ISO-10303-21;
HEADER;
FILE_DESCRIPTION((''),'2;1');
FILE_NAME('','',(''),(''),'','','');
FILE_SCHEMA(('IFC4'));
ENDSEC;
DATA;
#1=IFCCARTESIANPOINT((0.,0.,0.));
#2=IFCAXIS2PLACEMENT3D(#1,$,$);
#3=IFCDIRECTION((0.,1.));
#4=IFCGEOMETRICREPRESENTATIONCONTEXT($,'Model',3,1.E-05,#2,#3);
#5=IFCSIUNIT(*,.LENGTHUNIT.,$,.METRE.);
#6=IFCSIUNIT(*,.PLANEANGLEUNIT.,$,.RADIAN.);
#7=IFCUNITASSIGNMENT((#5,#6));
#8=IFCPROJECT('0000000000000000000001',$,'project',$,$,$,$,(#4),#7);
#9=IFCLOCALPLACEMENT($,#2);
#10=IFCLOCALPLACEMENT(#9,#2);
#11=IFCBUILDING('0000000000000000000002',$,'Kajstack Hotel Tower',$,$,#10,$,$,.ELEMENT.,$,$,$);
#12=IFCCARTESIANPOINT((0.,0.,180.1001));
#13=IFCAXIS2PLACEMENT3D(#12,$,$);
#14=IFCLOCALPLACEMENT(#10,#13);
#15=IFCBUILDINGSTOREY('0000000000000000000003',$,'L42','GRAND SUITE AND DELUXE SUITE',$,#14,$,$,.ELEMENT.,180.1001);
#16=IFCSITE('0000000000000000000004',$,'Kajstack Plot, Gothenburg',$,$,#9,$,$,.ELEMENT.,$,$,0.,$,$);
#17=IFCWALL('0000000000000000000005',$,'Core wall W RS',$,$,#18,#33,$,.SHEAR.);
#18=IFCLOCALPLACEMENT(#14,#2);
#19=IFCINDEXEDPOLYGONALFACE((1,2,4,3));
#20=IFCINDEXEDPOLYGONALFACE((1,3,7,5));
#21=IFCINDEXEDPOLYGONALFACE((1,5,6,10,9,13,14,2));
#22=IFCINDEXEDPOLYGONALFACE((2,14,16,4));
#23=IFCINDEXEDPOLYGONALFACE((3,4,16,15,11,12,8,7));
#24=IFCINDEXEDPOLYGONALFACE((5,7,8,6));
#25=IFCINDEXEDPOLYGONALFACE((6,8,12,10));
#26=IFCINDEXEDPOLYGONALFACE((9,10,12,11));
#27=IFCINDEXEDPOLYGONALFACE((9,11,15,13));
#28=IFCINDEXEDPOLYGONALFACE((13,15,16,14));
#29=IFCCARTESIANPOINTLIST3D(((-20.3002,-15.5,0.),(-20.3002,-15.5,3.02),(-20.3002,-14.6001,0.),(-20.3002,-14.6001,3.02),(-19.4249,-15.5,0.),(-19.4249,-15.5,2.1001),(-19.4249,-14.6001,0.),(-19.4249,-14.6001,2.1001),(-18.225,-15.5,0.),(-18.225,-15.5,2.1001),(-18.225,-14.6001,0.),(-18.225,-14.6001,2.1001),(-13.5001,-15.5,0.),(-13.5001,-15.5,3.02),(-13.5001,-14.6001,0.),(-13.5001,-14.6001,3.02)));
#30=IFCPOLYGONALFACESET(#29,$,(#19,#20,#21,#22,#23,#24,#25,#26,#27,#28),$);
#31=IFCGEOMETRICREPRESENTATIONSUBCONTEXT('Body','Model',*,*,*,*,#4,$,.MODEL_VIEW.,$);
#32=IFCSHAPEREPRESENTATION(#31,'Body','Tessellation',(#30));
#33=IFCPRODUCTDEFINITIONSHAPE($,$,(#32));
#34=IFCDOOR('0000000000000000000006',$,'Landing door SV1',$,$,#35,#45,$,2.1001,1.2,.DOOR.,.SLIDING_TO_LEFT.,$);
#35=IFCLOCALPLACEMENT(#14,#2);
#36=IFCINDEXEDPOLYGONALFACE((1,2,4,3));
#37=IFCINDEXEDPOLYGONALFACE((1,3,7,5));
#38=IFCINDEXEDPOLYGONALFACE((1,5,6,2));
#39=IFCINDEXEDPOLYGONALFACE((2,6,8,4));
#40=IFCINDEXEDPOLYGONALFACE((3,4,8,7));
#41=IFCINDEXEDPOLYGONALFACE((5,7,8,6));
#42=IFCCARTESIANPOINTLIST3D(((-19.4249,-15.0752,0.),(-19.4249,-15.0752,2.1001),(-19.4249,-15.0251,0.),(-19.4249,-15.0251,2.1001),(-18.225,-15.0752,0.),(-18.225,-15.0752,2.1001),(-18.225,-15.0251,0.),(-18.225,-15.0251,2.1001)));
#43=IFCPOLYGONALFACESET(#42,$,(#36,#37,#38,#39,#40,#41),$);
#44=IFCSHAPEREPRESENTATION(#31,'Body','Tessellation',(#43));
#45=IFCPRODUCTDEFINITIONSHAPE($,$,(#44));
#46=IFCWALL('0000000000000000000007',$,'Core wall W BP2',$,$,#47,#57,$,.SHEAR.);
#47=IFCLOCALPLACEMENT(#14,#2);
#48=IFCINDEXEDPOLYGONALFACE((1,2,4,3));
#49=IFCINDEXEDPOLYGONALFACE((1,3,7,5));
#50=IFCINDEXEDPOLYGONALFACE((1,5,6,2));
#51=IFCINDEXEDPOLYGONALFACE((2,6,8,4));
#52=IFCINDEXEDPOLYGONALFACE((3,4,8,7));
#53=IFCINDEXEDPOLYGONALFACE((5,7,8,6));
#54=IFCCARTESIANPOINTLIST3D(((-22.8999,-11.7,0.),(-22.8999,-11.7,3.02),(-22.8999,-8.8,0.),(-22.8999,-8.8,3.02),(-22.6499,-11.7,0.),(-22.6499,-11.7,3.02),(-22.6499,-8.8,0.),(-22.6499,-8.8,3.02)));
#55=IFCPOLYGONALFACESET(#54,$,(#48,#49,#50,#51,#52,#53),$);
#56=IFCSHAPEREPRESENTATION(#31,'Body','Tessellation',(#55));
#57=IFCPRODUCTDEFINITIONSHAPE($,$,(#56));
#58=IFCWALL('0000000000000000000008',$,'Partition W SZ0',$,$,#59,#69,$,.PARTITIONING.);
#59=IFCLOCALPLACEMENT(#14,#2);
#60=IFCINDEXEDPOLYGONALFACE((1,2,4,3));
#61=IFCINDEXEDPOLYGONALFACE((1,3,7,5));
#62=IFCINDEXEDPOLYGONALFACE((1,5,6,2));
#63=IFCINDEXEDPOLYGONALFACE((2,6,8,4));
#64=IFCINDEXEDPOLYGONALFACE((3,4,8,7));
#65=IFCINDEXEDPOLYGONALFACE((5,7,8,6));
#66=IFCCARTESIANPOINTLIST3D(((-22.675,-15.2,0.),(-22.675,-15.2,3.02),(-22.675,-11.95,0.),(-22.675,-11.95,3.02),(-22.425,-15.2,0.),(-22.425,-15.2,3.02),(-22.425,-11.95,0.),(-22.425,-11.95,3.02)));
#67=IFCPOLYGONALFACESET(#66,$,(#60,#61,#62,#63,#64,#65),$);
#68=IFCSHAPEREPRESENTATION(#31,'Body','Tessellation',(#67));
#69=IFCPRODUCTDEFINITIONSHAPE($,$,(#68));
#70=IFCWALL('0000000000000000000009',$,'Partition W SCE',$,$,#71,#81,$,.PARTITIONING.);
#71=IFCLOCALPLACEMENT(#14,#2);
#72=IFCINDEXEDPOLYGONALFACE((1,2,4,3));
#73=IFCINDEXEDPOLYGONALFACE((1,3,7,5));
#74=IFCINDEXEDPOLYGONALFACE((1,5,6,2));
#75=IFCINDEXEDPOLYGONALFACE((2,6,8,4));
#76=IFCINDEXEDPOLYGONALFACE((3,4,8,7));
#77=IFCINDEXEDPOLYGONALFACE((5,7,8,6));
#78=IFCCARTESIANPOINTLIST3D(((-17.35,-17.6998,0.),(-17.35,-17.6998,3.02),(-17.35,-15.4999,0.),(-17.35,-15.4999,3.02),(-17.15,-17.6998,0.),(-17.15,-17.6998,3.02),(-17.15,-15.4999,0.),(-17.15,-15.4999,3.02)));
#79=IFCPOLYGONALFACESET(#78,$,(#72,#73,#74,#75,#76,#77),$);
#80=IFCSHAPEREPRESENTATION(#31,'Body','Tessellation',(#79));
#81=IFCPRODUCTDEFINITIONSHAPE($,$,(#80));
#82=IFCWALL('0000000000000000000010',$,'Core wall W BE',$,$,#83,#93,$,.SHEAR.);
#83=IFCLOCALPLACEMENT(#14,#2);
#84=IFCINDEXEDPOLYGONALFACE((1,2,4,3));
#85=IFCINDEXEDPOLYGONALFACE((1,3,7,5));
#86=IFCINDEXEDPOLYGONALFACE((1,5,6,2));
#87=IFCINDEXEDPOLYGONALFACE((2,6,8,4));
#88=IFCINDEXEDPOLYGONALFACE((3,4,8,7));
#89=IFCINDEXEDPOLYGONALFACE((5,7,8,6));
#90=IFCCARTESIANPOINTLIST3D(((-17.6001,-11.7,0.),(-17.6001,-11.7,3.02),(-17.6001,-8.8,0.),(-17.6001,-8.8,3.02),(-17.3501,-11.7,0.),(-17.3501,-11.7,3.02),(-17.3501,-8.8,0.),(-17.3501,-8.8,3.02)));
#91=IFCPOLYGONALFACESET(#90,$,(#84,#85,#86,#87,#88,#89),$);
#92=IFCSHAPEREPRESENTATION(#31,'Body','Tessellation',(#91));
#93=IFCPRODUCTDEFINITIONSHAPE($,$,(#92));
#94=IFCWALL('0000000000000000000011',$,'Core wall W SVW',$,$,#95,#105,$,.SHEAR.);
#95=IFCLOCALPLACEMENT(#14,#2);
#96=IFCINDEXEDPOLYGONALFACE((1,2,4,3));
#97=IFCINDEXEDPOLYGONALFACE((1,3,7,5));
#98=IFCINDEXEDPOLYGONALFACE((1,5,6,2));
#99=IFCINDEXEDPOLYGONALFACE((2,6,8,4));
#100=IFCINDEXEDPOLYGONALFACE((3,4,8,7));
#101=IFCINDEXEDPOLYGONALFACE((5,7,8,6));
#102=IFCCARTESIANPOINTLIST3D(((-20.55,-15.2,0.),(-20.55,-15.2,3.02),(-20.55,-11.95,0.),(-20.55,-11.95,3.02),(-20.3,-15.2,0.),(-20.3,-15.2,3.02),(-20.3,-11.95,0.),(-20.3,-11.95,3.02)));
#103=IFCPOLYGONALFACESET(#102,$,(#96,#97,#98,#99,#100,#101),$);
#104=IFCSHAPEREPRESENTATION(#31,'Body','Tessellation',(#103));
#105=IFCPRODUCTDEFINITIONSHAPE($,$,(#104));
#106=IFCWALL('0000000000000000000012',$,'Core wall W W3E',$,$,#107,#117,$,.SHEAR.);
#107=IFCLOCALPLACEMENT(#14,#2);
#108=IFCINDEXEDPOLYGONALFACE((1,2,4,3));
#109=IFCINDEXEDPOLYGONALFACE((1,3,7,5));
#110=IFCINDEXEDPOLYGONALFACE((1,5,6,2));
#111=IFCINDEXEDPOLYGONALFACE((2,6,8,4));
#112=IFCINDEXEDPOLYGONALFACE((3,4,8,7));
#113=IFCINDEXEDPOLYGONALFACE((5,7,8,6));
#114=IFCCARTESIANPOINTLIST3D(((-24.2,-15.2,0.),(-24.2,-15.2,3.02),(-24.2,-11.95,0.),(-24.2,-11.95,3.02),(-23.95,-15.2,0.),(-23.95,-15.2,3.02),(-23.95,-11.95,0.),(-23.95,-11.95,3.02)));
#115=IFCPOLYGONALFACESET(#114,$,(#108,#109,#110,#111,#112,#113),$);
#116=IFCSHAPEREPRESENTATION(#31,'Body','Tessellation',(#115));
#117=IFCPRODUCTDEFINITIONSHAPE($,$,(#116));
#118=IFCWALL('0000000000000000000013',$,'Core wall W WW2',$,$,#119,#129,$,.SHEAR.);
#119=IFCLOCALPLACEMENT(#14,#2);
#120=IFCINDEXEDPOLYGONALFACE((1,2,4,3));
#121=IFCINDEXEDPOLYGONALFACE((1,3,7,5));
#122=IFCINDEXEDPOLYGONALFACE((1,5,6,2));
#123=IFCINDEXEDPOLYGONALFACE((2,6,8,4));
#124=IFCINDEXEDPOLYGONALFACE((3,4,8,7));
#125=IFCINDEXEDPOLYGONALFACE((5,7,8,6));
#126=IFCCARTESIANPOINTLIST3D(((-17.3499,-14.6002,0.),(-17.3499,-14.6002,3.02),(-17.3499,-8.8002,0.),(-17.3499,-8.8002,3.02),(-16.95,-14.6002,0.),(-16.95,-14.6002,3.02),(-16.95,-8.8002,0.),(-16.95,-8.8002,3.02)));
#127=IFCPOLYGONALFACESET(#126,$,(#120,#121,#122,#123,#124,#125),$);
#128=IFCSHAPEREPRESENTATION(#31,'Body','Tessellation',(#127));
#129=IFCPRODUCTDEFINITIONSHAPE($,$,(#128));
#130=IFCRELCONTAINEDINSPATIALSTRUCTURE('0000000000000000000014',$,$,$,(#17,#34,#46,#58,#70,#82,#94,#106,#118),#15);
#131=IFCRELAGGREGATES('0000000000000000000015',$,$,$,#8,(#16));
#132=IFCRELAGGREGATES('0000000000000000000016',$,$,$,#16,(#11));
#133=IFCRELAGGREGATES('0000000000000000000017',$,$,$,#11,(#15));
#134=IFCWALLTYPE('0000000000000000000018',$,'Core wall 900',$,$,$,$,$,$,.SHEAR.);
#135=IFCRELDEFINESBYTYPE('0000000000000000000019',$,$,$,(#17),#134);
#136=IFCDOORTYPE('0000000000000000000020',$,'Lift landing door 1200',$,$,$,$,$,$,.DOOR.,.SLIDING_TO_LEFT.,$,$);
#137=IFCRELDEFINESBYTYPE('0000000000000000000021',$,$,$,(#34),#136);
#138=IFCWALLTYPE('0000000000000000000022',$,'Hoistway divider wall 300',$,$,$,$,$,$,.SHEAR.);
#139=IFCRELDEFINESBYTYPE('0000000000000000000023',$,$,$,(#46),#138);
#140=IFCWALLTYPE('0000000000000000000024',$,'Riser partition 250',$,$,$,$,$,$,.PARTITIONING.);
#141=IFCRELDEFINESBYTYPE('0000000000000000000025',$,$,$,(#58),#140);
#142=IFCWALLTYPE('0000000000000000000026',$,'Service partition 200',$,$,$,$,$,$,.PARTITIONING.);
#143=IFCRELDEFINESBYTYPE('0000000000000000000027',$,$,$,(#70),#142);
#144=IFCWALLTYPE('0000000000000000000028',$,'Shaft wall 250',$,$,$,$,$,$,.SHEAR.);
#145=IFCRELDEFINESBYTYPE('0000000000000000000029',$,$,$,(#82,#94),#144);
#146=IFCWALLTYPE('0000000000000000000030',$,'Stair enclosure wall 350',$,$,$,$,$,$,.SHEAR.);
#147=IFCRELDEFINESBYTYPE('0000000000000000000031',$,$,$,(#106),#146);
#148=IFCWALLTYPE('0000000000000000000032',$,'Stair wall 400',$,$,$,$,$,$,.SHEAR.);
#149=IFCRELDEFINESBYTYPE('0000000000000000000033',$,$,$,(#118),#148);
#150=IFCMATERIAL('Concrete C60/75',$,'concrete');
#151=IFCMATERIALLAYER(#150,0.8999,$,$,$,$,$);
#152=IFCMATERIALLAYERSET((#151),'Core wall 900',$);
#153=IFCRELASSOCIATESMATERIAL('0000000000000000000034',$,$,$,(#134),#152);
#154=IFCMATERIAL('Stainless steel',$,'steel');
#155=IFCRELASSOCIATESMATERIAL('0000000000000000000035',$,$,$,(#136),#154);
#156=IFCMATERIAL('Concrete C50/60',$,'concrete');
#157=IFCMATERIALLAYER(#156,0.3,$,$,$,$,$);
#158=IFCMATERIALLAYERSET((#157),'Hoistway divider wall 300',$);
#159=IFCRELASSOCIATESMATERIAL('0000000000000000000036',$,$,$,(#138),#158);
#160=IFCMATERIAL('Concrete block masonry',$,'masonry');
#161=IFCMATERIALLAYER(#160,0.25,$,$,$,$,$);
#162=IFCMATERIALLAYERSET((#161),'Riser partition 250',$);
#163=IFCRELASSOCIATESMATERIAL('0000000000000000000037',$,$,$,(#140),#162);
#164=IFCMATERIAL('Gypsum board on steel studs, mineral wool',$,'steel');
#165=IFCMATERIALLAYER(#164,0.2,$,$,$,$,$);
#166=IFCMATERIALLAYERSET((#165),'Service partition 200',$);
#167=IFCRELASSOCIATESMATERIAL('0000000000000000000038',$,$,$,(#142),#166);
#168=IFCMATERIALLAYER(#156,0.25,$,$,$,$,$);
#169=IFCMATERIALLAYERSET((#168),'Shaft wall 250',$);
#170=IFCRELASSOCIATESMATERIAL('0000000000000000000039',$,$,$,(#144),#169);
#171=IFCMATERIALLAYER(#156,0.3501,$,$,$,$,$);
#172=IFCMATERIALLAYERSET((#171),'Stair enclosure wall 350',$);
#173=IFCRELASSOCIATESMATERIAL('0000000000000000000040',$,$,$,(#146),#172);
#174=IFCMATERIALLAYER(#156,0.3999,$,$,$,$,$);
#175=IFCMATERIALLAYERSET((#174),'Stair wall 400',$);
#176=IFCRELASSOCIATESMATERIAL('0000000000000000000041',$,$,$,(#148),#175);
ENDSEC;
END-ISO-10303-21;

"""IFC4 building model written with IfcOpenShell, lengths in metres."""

from ifc_helpers import new_model, si_unit, direction, frame, frame_2d, origin, place, context, subcontext, project, spatial, rectangle, extrude, material, layer, layer_set, type_object, element, fill, save


model = new_model("IFC4")

# Units and contexts
model_context = context("Model", 3, precision=1e-05, world=origin(), true_north=direction((0.0, 1.0)))
body_context = subcontext(model_context, "Body", "Model", "MODEL_VIEW")
ifc_project = project(units=[si_unit("LENGTHUNIT", "METRE"), si_unit("PLANEANGLEUNIT", "RADIAN")], contexts=[model_context])

# Site, building, storey
site_placement = place(None, origin())
site = spatial("IfcSite", under=ifc_project, at=site_placement, Name="Kajstack Plot, Gothenburg", CompositionType="ELEMENT", RefElevation=0.0)
building_placement = place(site_placement, origin())
building = spatial("IfcBuilding", under=site, at=building_placement, Name="Kajstack Hotel Tower", CompositionType="ELEMENT")
storey_placement = place(building_placement, frame((0.0, 0.0, 180.1001)))
storey = spatial("IfcBuildingStorey", under=building, at=storey_placement, Name="L42", Description="GRAND SUITE AND DELUXE SUITE", CompositionType="ELEMENT", Elevation=180.1001)

# Wall, opening, door
ifc_material_1 = material(Name="Concrete C60/75", Category="concrete")
ifc_layer_1 = layer(ifc_material_1, 0.8999)
ifc_layer_set_1 = layer_set([ifc_layer_1], Name="Core wall 900")
wall_type_1 = type_object("IfcWallType", Name="Core wall 900", PredefinedType="SHEAR", material=ifc_layer_set_1)
wall_1_placement = place(storey_placement, frame((-20.3, -15.05, 0.0), z_axis=(0.0, 0.0, 1.0), x_axis=(1.0, 0.0, 0.0)))
wall_1 = element("IfcWall", 1, at=wall_1_placement, inside=storey, type_object=wall_type_1, Name="Core wall W RS", PredefinedType="SHEAR", context=body_context, shape_type="SweptSolid", body=[
    extrude(rectangle(XDim=6.8, YDim=0.8999, at=frame_2d((3.3999, 0.0))), origin(), (0.0, 0.0, 1.0), 3.02),
])
opening_placement = place(wall_1_placement, frame((0.875, 0.0, 0.0)))
opening = element("IfcOpeningElement", 2, at=opening_placement, cuts=wall_1, PredefinedType="OPENING", context=body_context, shape_type="SweptSolid", body=[
    extrude(rectangle(XDim=1.2, YDim=2.1001, at=frame_2d((0.6001, 1.05))), frame((0.0, 0.46, 0.0), z_axis=(0.0, -1.0, 0.0), x_axis=(1.0, 0.0, 0.0)), (0.0, 0.0, 1.0), 0.9199),
])
ifc_material_2 = material(Name="Stainless steel", Category="steel")
door_type = type_object("IfcDoorType", Name="Lift landing door 1200", OperationType="SLIDING_TO_LEFT", PredefinedType="DOOR", material=ifc_material_2)
door_placement = place(opening_placement, origin())
door = element("IfcDoor", 3, at=door_placement, inside=storey, type_object=door_type, Name="Landing door SV1", OperationType="SLIDING_TO_LEFT", OverallHeight=2.1001, OverallWidth=1.2, PredefinedType="DOOR", context=body_context, shape_type="SweptSolid", body=[
    extrude(rectangle(XDim=1.2, YDim=2.1001, at=frame_2d((0.6001, 1.05))), frame((0.0, 0.0249, 0.0), z_axis=(0.0, -1.0, 0.0), x_axis=(1.0, 0.0, 0.0)), (0.0, 0.0, 1.0), 0.05),
])
fill(opening, door)

# Walls
ifc_material_3 = material(Name="Concrete C50/60", Category="concrete")
ifc_layer_2 = layer(ifc_material_3, 0.3)
ifc_layer_set_2 = layer_set([ifc_layer_2], Name="Hoistway divider wall 300")
wall_type_2 = type_object("IfcWallType", Name="Hoistway divider wall 300", PredefinedType="SHEAR", material=ifc_layer_set_2)
wall_2_placement = place(storey_placement, frame((-22.7749, -11.7, 0.0), z_axis=(0.0, 0.0, 1.0), x_axis=(0.0, 1.0, 0.0)))
element("IfcWall", 4, at=wall_2_placement, inside=storey, type_object=wall_type_2, Name="Core wall W BP2", PredefinedType="SHEAR", context=body_context, shape_type="SweptSolid", body=[
    extrude(rectangle(XDim=2.8999, YDim=0.25, at=frame_2d((1.45, 0.0))), origin(), (0.0, 0.0, 1.0), 3.02),
])
ifc_material_4 = material(Name="Concrete block masonry", Category="masonry")
ifc_layer_3 = layer(ifc_material_4, 0.25)
ifc_layer_set_3 = layer_set([ifc_layer_3], Name="Riser partition 250")
wall_type_3 = type_object("IfcWallType", Name="Riser partition 250", PredefinedType="PARTITIONING", material=ifc_layer_set_3)
wall_3_placement = place(storey_placement, frame((-22.55, -15.2, 0.0), z_axis=(0.0, 0.0, 1.0), x_axis=(0.0, 1.0, 0.0)))
element("IfcWall", 5, at=wall_3_placement, inside=storey, type_object=wall_type_3, Name="Partition W SZ0", PredefinedType="PARTITIONING", context=body_context, shape_type="SweptSolid", body=[
    extrude(rectangle(XDim=3.25, YDim=0.25, at=frame_2d((1.625, 0.0))), origin(), (0.0, 0.0, 1.0), 3.02),
])
ifc_material_5 = material(Name="Gypsum board on steel studs, mineral wool", Category="steel")
ifc_layer_4 = layer(ifc_material_5, 0.2)
ifc_layer_set_4 = layer_set([ifc_layer_4], Name="Service partition 200")
wall_type_4 = type_object("IfcWallType", Name="Service partition 200", PredefinedType="PARTITIONING", material=ifc_layer_set_4)
wall_4_placement = place(storey_placement, frame((-17.25, -17.7, 0.0), z_axis=(0.0, 0.0, 1.0), x_axis=(0.0, 1.0, 0.0)))
element("IfcWall", 6, at=wall_4_placement, inside=storey, type_object=wall_type_4, Name="Partition W SCE", PredefinedType="PARTITIONING", context=body_context, shape_type="SweptSolid", body=[
    extrude(rectangle(XDim=2.2, YDim=0.2, at=frame_2d((1.1001, 0.0))), origin(), (0.0, 0.0, 1.0), 3.02),
])
ifc_layer_5 = layer(ifc_material_3, 0.25)
ifc_layer_set_5 = layer_set([ifc_layer_5], Name="Shaft wall 250")
wall_type_5 = type_object("IfcWallType", Name="Shaft wall 250", PredefinedType="SHEAR", material=ifc_layer_set_5)
wall_5_placement = place(storey_placement, frame((-17.4751, -11.7, 0.0), z_axis=(0.0, 0.0, 1.0), x_axis=(0.0, 1.0, 0.0)))
element("IfcWall", 7, at=wall_5_placement, inside=storey, type_object=wall_type_5, Name="Core wall W BE", PredefinedType="SHEAR", context=body_context, shape_type="SweptSolid", body=[
    extrude(rectangle(XDim=2.8999, YDim=0.25, at=frame_2d((1.45, 0.0))), origin(), (0.0, 0.0, 1.0), 3.02),
])
wall_6_placement = place(storey_placement, frame((-20.425, -15.2, 0.0), z_axis=(0.0, 0.0, 1.0), x_axis=(0.0, 1.0, 0.0)))
element("IfcWall", 8, at=wall_6_placement, inside=storey, type_object=wall_type_5, Name="Core wall W SVW", PredefinedType="SHEAR", context=body_context, shape_type="SweptSolid", body=[
    extrude(rectangle(XDim=3.25, YDim=0.25, at=frame_2d((1.625, 0.0))), origin(), (0.0, 0.0, 1.0), 3.02),
])
ifc_layer_6 = layer(ifc_material_3, 0.3501)
ifc_layer_set_6 = layer_set([ifc_layer_6], Name="Stair enclosure wall 350")
wall_type_6 = type_object("IfcWallType", Name="Stair enclosure wall 350", PredefinedType="SHEAR", material=ifc_layer_set_6)
wall_7_placement = place(storey_placement, frame((-24.075, -15.2, 0.0), z_axis=(0.0, 0.0, 1.0), x_axis=(0.0, 1.0, 0.0)))
element("IfcWall", 9, at=wall_7_placement, inside=storey, type_object=wall_type_6, Name="Core wall W W3E", PredefinedType="SHEAR", context=body_context, shape_type="SweptSolid", body=[
    extrude(rectangle(XDim=3.25, YDim=0.25, at=frame_2d((1.625, 0.0))), origin(), (0.0, 0.0, 1.0), 3.02),
])
ifc_layer_7 = layer(ifc_material_3, 0.3999)
ifc_layer_set_7 = layer_set([ifc_layer_7], Name="Stair wall 400")
wall_type_7 = type_object("IfcWallType", Name="Stair wall 400", PredefinedType="SHEAR", material=ifc_layer_set_7)
wall_8_placement = place(storey_placement, frame((-17.1499, -14.6001, 0.0), z_axis=(0.0, 0.0, 1.0), x_axis=(0.0, 1.0, 0.0)))
element("IfcWall", 10, at=wall_8_placement, inside=storey, type_object=wall_type_7, Name="Core wall W WW2", PredefinedType="SHEAR", context=body_context, shape_type="SweptSolid", body=[
    extrude(rectangle(XDim=5.8, YDim=0.3999, at=frame_2d((2.8999, 0.0))), origin(), (0.0, 0.0, 1.0), 3.02),
])

save(model, "model.ifc")
